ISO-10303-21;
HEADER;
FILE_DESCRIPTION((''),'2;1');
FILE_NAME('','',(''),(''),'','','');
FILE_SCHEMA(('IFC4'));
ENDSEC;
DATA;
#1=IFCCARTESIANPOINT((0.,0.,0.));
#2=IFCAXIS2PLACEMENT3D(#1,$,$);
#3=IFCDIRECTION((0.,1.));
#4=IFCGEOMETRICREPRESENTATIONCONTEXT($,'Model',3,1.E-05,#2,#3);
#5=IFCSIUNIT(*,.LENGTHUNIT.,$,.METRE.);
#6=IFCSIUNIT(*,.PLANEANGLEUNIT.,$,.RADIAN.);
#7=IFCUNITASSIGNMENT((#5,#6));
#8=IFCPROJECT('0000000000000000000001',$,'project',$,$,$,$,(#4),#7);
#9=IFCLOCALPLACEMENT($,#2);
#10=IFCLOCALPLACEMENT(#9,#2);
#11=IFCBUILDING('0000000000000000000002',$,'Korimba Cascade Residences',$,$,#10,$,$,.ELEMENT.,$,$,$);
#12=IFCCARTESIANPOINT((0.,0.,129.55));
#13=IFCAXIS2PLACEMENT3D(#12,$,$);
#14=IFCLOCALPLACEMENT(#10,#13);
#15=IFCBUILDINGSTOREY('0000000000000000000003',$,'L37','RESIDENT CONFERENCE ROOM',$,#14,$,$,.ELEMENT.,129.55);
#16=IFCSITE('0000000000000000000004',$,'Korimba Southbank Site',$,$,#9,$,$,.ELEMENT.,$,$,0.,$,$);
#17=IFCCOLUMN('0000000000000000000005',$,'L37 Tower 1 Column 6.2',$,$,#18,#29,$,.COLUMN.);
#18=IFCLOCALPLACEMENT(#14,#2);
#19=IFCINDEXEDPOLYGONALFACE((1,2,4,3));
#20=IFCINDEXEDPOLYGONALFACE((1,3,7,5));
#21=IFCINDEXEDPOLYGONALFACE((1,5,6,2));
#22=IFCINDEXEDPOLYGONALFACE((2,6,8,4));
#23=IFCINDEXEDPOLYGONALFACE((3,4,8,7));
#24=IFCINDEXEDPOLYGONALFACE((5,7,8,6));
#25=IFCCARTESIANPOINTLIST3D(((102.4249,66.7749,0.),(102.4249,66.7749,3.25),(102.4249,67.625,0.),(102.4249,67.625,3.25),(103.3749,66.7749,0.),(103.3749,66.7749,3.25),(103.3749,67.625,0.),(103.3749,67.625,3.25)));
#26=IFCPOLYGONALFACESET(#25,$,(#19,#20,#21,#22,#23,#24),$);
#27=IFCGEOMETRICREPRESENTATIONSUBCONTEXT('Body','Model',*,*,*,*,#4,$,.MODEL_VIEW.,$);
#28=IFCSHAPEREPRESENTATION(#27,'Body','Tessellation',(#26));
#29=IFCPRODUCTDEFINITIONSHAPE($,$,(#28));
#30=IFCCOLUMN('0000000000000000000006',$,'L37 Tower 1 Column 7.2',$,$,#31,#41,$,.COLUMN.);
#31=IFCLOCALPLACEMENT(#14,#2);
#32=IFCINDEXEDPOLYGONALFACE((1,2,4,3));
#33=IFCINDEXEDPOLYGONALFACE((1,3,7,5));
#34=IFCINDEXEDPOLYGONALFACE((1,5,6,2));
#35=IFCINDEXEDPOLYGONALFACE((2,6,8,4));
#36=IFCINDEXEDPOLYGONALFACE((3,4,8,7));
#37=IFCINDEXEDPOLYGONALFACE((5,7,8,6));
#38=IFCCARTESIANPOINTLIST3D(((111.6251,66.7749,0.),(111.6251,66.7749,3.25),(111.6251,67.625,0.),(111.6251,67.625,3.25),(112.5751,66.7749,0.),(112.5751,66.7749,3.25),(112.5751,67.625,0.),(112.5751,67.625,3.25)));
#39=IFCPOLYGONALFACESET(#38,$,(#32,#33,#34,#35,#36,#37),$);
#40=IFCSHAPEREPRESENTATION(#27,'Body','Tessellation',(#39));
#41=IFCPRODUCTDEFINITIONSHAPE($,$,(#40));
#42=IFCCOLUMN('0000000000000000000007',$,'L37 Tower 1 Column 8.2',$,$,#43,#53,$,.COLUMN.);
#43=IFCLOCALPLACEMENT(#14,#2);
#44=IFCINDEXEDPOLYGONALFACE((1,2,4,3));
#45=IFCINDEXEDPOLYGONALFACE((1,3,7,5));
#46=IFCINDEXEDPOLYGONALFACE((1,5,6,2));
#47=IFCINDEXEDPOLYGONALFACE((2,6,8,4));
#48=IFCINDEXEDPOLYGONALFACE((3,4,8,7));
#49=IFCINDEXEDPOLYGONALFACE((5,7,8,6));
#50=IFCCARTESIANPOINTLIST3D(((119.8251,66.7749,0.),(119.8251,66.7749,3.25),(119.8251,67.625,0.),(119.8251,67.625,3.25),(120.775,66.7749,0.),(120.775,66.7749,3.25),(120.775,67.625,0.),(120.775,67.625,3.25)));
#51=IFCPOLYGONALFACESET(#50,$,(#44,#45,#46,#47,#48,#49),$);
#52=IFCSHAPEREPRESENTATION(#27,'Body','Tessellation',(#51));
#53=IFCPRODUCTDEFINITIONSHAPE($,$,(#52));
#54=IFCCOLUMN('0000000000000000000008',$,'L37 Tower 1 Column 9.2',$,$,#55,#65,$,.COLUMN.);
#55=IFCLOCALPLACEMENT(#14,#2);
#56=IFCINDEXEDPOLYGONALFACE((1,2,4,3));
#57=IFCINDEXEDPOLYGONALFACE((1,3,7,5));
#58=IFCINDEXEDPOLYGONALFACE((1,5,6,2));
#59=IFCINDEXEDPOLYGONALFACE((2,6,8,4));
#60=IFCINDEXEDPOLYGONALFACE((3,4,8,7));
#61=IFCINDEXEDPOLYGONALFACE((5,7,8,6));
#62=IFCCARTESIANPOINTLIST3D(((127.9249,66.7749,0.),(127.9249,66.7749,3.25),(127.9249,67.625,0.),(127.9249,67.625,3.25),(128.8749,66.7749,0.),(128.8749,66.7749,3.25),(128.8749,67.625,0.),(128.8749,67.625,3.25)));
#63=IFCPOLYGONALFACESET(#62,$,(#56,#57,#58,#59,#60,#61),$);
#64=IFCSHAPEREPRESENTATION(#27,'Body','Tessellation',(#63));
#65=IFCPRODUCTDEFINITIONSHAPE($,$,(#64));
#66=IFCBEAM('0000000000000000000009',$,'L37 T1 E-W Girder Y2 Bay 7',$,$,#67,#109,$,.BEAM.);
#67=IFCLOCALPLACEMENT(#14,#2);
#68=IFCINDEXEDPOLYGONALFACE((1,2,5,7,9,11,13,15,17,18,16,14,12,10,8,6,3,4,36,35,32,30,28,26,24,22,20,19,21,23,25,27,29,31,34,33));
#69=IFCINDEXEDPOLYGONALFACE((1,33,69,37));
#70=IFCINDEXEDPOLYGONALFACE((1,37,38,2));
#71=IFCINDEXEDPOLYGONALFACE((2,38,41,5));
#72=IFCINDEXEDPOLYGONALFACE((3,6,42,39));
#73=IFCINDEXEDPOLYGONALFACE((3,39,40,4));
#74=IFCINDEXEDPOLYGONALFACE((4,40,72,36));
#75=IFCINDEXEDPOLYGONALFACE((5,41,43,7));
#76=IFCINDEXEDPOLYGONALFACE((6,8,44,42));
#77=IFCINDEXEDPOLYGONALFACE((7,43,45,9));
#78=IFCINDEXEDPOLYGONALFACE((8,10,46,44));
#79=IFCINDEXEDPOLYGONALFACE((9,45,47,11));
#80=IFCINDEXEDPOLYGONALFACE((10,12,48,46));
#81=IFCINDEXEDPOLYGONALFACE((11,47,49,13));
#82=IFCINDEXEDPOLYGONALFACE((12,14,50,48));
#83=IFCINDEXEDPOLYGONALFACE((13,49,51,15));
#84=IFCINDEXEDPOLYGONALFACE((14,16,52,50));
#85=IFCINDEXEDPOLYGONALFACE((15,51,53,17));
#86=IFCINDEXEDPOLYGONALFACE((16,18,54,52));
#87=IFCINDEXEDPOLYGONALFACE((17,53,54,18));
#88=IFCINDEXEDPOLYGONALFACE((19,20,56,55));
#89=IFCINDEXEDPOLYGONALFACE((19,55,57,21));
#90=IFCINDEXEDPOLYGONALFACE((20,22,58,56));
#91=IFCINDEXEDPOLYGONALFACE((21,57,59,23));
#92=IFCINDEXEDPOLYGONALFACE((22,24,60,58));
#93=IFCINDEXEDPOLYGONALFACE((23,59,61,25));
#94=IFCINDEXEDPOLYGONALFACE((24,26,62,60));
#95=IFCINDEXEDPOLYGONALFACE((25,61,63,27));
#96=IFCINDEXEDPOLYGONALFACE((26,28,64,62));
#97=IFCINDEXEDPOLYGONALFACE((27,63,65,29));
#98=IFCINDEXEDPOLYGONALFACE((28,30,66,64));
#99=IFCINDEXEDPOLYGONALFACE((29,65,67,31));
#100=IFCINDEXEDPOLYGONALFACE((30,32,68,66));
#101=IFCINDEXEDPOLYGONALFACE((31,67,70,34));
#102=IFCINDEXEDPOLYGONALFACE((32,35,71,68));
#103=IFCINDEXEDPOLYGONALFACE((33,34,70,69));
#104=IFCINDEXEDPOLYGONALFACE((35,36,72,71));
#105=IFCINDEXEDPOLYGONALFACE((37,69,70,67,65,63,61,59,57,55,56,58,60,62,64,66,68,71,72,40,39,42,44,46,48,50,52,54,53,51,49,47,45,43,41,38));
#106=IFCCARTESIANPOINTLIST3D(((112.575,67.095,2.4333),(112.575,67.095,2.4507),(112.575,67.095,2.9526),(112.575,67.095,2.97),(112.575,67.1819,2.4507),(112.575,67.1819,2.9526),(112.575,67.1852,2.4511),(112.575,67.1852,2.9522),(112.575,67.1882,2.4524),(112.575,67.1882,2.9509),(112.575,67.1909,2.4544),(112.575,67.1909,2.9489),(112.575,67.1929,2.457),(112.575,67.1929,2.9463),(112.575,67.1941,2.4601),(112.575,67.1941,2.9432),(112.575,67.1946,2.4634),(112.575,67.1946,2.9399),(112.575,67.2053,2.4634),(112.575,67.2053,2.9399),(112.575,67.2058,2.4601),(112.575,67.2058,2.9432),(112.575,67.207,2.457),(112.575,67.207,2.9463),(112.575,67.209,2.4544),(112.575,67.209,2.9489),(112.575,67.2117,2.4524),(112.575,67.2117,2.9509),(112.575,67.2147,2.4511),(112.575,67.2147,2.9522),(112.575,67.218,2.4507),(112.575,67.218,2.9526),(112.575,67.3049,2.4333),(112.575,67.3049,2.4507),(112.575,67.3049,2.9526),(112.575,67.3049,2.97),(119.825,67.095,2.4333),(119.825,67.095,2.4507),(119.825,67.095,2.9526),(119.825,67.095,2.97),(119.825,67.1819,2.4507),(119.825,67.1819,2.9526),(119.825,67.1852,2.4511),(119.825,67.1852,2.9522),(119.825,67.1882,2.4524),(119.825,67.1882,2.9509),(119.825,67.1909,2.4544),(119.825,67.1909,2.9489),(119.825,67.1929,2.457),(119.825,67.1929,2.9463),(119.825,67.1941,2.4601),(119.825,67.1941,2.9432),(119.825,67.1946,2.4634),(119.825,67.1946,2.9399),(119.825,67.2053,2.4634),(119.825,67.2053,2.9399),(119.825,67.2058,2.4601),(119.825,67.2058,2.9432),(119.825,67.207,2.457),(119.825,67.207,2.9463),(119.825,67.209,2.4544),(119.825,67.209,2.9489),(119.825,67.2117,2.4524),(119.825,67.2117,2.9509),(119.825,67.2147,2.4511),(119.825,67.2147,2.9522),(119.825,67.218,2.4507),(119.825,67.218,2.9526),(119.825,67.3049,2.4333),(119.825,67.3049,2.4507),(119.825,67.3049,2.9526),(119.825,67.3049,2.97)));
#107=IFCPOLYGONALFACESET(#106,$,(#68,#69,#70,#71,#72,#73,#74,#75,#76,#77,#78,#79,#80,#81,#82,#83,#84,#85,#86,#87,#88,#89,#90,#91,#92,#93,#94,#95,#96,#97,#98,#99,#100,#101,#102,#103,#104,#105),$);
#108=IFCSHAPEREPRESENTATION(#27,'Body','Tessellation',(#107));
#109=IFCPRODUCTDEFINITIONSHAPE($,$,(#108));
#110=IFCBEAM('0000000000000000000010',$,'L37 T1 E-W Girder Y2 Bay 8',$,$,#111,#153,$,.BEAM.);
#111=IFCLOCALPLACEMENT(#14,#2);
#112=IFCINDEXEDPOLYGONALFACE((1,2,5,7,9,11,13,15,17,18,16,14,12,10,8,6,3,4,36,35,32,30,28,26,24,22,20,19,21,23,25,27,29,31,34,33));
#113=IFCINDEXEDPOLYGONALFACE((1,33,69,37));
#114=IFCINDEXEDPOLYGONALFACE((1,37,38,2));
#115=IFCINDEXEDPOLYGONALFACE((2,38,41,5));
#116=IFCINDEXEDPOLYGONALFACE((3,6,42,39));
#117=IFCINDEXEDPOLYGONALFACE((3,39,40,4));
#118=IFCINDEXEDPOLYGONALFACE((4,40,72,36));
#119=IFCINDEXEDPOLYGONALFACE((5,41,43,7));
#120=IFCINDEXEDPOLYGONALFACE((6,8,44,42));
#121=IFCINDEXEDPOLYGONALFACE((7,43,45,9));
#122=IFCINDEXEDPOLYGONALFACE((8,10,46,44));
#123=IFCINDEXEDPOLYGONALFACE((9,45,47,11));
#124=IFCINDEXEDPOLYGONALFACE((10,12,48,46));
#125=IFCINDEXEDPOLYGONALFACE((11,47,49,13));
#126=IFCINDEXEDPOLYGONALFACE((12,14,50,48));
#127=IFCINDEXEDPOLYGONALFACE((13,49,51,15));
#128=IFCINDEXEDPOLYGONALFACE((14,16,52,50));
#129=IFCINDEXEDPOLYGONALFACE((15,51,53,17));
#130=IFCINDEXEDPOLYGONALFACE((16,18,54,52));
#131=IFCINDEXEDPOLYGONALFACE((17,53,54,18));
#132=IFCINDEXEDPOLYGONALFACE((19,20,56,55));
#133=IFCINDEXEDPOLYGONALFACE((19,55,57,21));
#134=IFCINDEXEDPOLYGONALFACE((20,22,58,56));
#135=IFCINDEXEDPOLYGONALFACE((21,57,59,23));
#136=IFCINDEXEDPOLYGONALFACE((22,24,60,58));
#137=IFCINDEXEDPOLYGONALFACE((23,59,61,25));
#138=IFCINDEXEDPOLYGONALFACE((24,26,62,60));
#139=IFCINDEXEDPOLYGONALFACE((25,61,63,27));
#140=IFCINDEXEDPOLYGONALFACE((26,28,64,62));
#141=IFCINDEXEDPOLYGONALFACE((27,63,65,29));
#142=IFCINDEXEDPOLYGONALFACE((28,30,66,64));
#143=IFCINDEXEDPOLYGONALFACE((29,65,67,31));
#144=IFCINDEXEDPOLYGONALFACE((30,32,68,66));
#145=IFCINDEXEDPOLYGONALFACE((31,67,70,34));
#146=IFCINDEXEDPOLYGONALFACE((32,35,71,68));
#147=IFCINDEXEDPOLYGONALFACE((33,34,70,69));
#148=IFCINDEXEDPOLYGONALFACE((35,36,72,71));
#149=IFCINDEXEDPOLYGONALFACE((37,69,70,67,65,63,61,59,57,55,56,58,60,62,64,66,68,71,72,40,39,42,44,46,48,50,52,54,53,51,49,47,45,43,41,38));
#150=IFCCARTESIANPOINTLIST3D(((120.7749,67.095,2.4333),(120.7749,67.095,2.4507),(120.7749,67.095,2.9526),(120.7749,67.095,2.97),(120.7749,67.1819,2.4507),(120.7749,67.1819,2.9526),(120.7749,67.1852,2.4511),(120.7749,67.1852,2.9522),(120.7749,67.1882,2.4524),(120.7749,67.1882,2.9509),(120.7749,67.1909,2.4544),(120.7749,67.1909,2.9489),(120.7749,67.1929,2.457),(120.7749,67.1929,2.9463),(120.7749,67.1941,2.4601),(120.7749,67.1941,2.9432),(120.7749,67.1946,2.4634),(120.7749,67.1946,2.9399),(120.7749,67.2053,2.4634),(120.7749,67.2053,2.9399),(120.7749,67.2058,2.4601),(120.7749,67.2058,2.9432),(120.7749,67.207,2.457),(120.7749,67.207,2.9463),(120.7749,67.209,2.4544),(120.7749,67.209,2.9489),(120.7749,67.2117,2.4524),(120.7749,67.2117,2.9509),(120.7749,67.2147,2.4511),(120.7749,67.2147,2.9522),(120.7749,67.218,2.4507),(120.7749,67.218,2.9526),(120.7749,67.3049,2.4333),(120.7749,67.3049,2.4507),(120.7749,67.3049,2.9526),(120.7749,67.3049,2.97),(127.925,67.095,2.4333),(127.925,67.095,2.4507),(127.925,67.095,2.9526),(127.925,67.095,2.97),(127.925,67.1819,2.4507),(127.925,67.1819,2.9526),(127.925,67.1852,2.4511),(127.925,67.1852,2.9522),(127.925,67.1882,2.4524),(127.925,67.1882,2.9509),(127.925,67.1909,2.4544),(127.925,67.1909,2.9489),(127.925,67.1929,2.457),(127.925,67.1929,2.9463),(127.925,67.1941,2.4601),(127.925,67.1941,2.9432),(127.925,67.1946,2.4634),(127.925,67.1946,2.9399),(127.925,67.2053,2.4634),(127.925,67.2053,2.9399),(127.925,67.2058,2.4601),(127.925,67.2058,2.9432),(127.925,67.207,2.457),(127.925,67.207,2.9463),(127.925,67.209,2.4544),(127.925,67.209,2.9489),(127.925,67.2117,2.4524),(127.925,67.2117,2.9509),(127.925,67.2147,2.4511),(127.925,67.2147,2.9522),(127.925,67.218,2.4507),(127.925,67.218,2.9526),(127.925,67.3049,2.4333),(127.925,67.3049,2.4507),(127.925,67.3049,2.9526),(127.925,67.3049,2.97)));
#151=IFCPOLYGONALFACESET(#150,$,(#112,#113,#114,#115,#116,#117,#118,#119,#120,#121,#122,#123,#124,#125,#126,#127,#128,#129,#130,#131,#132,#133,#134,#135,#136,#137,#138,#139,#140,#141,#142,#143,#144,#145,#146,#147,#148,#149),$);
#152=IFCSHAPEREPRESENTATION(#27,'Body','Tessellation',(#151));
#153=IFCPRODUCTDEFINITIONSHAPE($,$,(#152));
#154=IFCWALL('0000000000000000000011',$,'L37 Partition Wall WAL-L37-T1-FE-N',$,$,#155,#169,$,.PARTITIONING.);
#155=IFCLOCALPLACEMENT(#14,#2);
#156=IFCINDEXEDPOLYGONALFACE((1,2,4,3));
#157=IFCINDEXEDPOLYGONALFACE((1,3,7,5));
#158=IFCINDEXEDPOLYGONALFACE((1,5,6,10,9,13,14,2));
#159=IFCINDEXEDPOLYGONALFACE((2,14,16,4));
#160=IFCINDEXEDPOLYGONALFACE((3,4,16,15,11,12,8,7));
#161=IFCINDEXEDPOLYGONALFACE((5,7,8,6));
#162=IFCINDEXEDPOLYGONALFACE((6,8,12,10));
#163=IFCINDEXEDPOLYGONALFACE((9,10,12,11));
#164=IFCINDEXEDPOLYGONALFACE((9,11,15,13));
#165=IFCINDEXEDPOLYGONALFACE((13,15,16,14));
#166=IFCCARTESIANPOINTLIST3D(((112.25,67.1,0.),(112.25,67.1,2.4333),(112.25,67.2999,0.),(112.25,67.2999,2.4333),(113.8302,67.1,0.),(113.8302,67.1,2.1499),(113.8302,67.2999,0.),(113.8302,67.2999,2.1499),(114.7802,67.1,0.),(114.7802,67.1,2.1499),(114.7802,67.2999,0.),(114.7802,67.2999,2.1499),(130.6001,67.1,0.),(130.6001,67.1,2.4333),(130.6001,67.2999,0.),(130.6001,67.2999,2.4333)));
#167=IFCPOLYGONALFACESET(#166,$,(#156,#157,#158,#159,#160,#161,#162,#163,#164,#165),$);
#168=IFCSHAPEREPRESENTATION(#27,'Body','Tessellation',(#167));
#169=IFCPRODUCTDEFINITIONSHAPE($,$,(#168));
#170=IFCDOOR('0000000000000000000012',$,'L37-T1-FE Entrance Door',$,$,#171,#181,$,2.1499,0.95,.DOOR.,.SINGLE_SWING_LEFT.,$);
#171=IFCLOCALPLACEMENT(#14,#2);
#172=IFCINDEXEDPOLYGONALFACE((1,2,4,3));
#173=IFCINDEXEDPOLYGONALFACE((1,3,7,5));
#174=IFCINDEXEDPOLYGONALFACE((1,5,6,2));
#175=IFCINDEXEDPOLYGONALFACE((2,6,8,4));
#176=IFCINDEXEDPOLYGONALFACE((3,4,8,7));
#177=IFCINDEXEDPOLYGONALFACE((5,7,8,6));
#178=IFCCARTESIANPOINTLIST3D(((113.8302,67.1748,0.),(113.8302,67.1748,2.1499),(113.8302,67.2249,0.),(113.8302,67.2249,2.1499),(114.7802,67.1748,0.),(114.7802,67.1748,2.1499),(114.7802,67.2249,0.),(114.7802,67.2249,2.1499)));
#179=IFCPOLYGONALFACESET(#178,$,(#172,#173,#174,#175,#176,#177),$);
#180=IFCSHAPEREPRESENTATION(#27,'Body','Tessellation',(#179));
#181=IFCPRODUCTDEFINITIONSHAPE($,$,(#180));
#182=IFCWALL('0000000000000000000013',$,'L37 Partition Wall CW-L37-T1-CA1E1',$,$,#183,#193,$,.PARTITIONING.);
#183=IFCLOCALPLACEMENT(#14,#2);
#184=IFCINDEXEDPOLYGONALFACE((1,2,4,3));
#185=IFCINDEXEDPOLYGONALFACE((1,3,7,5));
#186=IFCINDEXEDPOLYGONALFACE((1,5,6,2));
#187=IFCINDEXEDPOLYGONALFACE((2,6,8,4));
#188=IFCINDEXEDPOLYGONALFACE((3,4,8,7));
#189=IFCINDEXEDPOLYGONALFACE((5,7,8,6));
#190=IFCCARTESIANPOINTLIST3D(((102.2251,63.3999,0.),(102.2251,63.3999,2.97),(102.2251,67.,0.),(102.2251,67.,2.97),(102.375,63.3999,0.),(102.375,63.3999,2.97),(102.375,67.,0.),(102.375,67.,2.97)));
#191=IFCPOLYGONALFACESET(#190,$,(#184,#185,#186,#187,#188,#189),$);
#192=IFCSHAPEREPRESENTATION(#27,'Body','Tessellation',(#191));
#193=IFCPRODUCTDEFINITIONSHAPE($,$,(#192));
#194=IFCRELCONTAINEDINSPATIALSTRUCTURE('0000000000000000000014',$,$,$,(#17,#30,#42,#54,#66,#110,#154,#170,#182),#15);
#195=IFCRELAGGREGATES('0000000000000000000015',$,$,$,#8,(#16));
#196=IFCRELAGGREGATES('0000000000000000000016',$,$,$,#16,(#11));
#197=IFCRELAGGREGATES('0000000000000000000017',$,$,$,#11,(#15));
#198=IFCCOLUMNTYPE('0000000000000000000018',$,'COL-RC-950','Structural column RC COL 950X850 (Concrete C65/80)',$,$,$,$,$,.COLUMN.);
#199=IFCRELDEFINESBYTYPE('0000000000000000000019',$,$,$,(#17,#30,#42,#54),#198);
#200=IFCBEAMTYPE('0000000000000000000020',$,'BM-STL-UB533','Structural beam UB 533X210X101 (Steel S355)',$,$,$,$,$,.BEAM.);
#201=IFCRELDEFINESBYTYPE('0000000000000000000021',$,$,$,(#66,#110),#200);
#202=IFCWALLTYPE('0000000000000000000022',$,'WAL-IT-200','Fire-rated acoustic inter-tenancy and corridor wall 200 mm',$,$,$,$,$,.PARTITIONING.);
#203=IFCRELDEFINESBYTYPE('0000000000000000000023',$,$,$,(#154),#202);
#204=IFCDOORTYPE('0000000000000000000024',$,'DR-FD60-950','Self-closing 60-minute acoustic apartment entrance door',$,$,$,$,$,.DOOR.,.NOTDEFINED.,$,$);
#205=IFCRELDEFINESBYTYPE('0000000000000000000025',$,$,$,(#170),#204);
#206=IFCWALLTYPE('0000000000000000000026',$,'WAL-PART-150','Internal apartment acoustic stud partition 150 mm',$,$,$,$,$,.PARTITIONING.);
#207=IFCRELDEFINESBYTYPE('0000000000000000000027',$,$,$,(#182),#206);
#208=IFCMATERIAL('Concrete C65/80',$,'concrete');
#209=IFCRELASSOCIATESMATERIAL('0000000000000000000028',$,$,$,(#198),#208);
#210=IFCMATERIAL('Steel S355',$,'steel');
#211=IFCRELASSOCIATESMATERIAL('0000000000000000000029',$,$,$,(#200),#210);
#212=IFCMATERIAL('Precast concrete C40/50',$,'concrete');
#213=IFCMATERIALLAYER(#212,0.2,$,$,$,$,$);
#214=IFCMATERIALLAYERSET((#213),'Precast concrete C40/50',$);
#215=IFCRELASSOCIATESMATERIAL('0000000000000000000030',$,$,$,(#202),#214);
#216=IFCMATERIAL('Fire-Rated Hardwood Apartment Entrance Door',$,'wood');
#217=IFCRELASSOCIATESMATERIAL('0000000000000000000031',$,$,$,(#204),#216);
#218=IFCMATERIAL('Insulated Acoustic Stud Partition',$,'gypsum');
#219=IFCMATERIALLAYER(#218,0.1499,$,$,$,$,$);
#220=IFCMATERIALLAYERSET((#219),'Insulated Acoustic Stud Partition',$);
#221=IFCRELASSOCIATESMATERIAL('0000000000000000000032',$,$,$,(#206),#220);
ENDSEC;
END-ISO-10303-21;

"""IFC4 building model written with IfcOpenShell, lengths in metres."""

from ifc_helpers import new_model, si_unit, direction, frame, frame_2d, origin, origin_2d, place, context, subcontext, project, spatial, rectangle, i_section, extrude, material, layer, layer_set, material_profile, profile_set, type_object, element, fill, save


model = new_model("IFC4")

# Units and contexts
model_context = context("Model", 3, precision=1e-05, world=origin(), true_north=direction((0.0, 1.0)))
body_context = subcontext(model_context, "Body", "Model", "MODEL_VIEW")
ifc_project = project(units=[si_unit("LENGTHUNIT", "METRE"), si_unit("PLANEANGLEUNIT", "RADIAN")], contexts=[model_context])

# Site, building, storey
site_placement = place(None, origin())
site = spatial("IfcSite", under=ifc_project, at=site_placement, Name="Korimba Southbank Site", CompositionType="ELEMENT", RefElevation=0.0)
building_placement = place(site_placement, origin())
building = spatial("IfcBuilding", under=site, at=building_placement, Name="Korimba Cascade Residences", CompositionType="ELEMENT")
storey_placement = place(building_placement, frame((0.0, 0.0, 129.55)))
storey = spatial("IfcBuildingStorey", under=building, at=storey_placement, Name="L37", Description="RESIDENT CONFERENCE ROOM", CompositionType="ELEMENT", Elevation=129.55)

# Columns
ifc_material_1 = material(Name="Concrete C65/80", Category="concrete")
ifc_material_profile_1 = material_profile(ifc_material_1, rectangle(XDim=0.95, YDim=0.8501, at=origin_2d()), Name="Concrete C65/80")
ifc_profile_set_1 = profile_set([ifc_material_profile_1], Name="Concrete C65/80")
column_type = type_object("IfcColumnType", Name="COL-RC-950", Description="Structural column RC COL 950X850 (Concrete C65/80)", PredefinedType="COLUMN", material=ifc_profile_set_1)
for number, where, z_axis, x_axis, name in (
    (1, (102.8999, 67.2, 0.0), (0.0, 0.0, 1.0), (1.0, 0.0, 0.0), "L37 Tower 1 Column 6.2"),
    (2, (112.1001, 67.2, 0.0), (0.0, 0.0, 1.0), (1.0, 0.0, 0.0), "L37 Tower 1 Column 7.2"),
    (3, (120.3, 67.2, 0.0), (0.0, 0.0, 1.0), (1.0, 0.0, 0.0), "L37 Tower 1 Column 8.2"),
    (4, (128.3999, 67.2, 0.0), (0.0, 0.0, 1.0), (1.0, 0.0, 0.0), "L37 Tower 1 Column 9.2"),
):
    element("IfcColumn", number, at=place(storey_placement, frame(where, z_axis=z_axis, x_axis=x_axis)), inside=storey, type_object=column_type, Name=name, PredefinedType="COLUMN", context=body_context, shape_type="SweptSolid", body=[
        extrude(rectangle(XDim=0.95, YDim=0.8501, at=origin_2d()), origin(), (0.0, 0.0, 1.0), 3.25),
    ])

# Beams
ifc_material_2 = material(Name="Steel S355", Category="steel")
ifc_material_profile_2 = material_profile(ifc_material_2, i_section(OverallWidth=0.21, OverallDepth=0.5366, WebThickness=0.0107, FlangeThickness=0.0173, FilletRadius=0.0127, at=origin_2d()), Name="Steel S355")
ifc_profile_set_2 = profile_set([ifc_material_profile_2], Name="Steel S355")
beam_type = type_object("IfcBeamType", Name="BM-STL-UB533", Description="Structural beam UB 533X210X101 (Steel S355)", PredefinedType="BEAM", material=ifc_profile_set_2)
beam_1_placement = place(storey_placement, frame((112.575, 67.2, 2.7017), z_axis=(1.0, 0.0, 0.0), x_axis=(0.0, 1.0, 0.0)))
element("IfcBeam", 5, at=beam_1_placement, inside=storey, type_object=beam_type, Name="L37 T1 E-W Girder Y2 Bay 7", PredefinedType="BEAM", context=body_context, shape_type="SweptSolid", body=[
    extrude(i_section(OverallWidth=0.21, OverallDepth=0.5366, WebThickness=0.0107, FlangeThickness=0.0173, FilletRadius=0.0127, at=origin_2d()), origin(), (0.0, 0.0, 1.0), 7.25),
])
beam_2_placement = place(storey_placement, frame((120.7749, 67.2, 2.7017), z_axis=(1.0, 0.0, 0.0), x_axis=(0.0, 1.0, 0.0)))
element("IfcBeam", 6, at=beam_2_placement, inside=storey, type_object=beam_type, Name="L37 T1 E-W Girder Y2 Bay 8", PredefinedType="BEAM", context=body_context, shape_type="SweptSolid", body=[
    extrude(i_section(OverallWidth=0.21, OverallDepth=0.5366, WebThickness=0.0107, FlangeThickness=0.0173, FilletRadius=0.0127, at=origin_2d()), origin(), (0.0, 0.0, 1.0), 7.1501),
])

# Wall, opening, door
ifc_material_3 = material(Name="Precast concrete C40/50", Category="concrete")
ifc_layer_1 = layer(ifc_material_3, 0.2)
ifc_layer_set_1 = layer_set([ifc_layer_1], Name="Precast concrete C40/50")
wall_type_1 = type_object("IfcWallType", Name="WAL-IT-200", Description="Fire-rated acoustic inter-tenancy and corridor wall 200 mm", PredefinedType="PARTITIONING", material=ifc_layer_set_1)
wall_1_placement = place(storey_placement, frame((112.25, 67.2, 0.0), z_axis=(0.0, 0.0, 1.0), x_axis=(1.0, 0.0, 0.0)))
wall_1 = element("IfcWall", 7, at=wall_1_placement, inside=storey, type_object=wall_type_1, Name="L37 Partition Wall WAL-L37-T1-FE-N", PredefinedType="PARTITIONING", context=body_context, shape_type="SweptSolid", body=[
    extrude(rectangle(XDim=18.3501, YDim=0.2, at=frame_2d((9.175, 0.0))), origin(), (0.0, 0.0, 1.0), 2.4333),
])
opening_1_placement = place(wall_1_placement, frame((1.5801, 0.0, 0.0)))
opening_1 = element("IfcOpeningElement", 8, at=opening_1_placement, cuts=wall_1, PredefinedType="OPENING", context=body_context, shape_type="SweptSolid", body=[
    extrude(rectangle(XDim=0.95, YDim=2.1499, at=frame_2d((0.4751, 1.075))), frame((0.0, 0.1099, 0.0), z_axis=(0.0, -1.0, 0.0), x_axis=(1.0, 0.0, 0.0)), (0.0, 0.0, 1.0), 0.22),
])
ifc_material_4 = material(Name="Fire-Rated Hardwood Apartment Entrance Door", Category="wood")
door_type_1 = type_object("IfcDoorType", Name="DR-FD60-950", Description="Self-closing 60-minute acoustic apartment entrance door", OperationType="NOTDEFINED", PredefinedType="DOOR", material=ifc_material_4)
door_1_placement = place(opening_1_placement, origin())
door_1 = element("IfcDoor", 9, at=door_1_placement, inside=storey, type_object=door_type_1, Name="L37-T1-FE Entrance Door", OperationType="SINGLE_SWING_LEFT", OverallHeight=2.1499, OverallWidth=0.95, PredefinedType="DOOR", context=body_context, shape_type="SweptSolid", body=[
    extrude(rectangle(XDim=0.95, YDim=2.1499, at=frame_2d((0.4751, 1.075))), frame((0.0, 0.0249, 0.0), z_axis=(0.0, -1.0, 0.0), x_axis=(1.0, 0.0, 0.0)), (0.0, 0.0, 1.0), 0.05),
])
fill(opening_1, door_1)

# Wall
ifc_material_5 = material(Name="Insulated Acoustic Stud Partition", Category="gypsum")
ifc_layer_2 = layer(ifc_material_5, 0.1499)
ifc_layer_set_2 = layer_set([ifc_layer_2], Name="Insulated Acoustic Stud Partition")
wall_type_2 = type_object("IfcWallType", Name="WAL-PART-150", Description="Internal apartment acoustic stud partition 150 mm", PredefinedType="PARTITIONING", material=ifc_layer_set_2)
for number, where, z_axis, x_axis, name in (
    (10, (102.3, 63.3999, 0.0), (0.0, 0.0, 1.0), (0.0, 1.0, 0.0), "L37 Partition Wall CW-L37-T1-CA1E1"),
):
    element("IfcWall", number, at=place(storey_placement, frame(where, z_axis=z_axis, x_axis=x_axis)), inside=storey, type_object=wall_type_2, Name=name, PredefinedType="PARTITIONING", context=body_context, shape_type="SweptSolid", body=[
        extrude(rectangle(XDim=3.6001, YDim=0.1499, at=frame_2d((1.8, 0.0))), origin(), (0.0, 0.0, 1.0), 2.97),
    ])

save(model, "model.ifc")
